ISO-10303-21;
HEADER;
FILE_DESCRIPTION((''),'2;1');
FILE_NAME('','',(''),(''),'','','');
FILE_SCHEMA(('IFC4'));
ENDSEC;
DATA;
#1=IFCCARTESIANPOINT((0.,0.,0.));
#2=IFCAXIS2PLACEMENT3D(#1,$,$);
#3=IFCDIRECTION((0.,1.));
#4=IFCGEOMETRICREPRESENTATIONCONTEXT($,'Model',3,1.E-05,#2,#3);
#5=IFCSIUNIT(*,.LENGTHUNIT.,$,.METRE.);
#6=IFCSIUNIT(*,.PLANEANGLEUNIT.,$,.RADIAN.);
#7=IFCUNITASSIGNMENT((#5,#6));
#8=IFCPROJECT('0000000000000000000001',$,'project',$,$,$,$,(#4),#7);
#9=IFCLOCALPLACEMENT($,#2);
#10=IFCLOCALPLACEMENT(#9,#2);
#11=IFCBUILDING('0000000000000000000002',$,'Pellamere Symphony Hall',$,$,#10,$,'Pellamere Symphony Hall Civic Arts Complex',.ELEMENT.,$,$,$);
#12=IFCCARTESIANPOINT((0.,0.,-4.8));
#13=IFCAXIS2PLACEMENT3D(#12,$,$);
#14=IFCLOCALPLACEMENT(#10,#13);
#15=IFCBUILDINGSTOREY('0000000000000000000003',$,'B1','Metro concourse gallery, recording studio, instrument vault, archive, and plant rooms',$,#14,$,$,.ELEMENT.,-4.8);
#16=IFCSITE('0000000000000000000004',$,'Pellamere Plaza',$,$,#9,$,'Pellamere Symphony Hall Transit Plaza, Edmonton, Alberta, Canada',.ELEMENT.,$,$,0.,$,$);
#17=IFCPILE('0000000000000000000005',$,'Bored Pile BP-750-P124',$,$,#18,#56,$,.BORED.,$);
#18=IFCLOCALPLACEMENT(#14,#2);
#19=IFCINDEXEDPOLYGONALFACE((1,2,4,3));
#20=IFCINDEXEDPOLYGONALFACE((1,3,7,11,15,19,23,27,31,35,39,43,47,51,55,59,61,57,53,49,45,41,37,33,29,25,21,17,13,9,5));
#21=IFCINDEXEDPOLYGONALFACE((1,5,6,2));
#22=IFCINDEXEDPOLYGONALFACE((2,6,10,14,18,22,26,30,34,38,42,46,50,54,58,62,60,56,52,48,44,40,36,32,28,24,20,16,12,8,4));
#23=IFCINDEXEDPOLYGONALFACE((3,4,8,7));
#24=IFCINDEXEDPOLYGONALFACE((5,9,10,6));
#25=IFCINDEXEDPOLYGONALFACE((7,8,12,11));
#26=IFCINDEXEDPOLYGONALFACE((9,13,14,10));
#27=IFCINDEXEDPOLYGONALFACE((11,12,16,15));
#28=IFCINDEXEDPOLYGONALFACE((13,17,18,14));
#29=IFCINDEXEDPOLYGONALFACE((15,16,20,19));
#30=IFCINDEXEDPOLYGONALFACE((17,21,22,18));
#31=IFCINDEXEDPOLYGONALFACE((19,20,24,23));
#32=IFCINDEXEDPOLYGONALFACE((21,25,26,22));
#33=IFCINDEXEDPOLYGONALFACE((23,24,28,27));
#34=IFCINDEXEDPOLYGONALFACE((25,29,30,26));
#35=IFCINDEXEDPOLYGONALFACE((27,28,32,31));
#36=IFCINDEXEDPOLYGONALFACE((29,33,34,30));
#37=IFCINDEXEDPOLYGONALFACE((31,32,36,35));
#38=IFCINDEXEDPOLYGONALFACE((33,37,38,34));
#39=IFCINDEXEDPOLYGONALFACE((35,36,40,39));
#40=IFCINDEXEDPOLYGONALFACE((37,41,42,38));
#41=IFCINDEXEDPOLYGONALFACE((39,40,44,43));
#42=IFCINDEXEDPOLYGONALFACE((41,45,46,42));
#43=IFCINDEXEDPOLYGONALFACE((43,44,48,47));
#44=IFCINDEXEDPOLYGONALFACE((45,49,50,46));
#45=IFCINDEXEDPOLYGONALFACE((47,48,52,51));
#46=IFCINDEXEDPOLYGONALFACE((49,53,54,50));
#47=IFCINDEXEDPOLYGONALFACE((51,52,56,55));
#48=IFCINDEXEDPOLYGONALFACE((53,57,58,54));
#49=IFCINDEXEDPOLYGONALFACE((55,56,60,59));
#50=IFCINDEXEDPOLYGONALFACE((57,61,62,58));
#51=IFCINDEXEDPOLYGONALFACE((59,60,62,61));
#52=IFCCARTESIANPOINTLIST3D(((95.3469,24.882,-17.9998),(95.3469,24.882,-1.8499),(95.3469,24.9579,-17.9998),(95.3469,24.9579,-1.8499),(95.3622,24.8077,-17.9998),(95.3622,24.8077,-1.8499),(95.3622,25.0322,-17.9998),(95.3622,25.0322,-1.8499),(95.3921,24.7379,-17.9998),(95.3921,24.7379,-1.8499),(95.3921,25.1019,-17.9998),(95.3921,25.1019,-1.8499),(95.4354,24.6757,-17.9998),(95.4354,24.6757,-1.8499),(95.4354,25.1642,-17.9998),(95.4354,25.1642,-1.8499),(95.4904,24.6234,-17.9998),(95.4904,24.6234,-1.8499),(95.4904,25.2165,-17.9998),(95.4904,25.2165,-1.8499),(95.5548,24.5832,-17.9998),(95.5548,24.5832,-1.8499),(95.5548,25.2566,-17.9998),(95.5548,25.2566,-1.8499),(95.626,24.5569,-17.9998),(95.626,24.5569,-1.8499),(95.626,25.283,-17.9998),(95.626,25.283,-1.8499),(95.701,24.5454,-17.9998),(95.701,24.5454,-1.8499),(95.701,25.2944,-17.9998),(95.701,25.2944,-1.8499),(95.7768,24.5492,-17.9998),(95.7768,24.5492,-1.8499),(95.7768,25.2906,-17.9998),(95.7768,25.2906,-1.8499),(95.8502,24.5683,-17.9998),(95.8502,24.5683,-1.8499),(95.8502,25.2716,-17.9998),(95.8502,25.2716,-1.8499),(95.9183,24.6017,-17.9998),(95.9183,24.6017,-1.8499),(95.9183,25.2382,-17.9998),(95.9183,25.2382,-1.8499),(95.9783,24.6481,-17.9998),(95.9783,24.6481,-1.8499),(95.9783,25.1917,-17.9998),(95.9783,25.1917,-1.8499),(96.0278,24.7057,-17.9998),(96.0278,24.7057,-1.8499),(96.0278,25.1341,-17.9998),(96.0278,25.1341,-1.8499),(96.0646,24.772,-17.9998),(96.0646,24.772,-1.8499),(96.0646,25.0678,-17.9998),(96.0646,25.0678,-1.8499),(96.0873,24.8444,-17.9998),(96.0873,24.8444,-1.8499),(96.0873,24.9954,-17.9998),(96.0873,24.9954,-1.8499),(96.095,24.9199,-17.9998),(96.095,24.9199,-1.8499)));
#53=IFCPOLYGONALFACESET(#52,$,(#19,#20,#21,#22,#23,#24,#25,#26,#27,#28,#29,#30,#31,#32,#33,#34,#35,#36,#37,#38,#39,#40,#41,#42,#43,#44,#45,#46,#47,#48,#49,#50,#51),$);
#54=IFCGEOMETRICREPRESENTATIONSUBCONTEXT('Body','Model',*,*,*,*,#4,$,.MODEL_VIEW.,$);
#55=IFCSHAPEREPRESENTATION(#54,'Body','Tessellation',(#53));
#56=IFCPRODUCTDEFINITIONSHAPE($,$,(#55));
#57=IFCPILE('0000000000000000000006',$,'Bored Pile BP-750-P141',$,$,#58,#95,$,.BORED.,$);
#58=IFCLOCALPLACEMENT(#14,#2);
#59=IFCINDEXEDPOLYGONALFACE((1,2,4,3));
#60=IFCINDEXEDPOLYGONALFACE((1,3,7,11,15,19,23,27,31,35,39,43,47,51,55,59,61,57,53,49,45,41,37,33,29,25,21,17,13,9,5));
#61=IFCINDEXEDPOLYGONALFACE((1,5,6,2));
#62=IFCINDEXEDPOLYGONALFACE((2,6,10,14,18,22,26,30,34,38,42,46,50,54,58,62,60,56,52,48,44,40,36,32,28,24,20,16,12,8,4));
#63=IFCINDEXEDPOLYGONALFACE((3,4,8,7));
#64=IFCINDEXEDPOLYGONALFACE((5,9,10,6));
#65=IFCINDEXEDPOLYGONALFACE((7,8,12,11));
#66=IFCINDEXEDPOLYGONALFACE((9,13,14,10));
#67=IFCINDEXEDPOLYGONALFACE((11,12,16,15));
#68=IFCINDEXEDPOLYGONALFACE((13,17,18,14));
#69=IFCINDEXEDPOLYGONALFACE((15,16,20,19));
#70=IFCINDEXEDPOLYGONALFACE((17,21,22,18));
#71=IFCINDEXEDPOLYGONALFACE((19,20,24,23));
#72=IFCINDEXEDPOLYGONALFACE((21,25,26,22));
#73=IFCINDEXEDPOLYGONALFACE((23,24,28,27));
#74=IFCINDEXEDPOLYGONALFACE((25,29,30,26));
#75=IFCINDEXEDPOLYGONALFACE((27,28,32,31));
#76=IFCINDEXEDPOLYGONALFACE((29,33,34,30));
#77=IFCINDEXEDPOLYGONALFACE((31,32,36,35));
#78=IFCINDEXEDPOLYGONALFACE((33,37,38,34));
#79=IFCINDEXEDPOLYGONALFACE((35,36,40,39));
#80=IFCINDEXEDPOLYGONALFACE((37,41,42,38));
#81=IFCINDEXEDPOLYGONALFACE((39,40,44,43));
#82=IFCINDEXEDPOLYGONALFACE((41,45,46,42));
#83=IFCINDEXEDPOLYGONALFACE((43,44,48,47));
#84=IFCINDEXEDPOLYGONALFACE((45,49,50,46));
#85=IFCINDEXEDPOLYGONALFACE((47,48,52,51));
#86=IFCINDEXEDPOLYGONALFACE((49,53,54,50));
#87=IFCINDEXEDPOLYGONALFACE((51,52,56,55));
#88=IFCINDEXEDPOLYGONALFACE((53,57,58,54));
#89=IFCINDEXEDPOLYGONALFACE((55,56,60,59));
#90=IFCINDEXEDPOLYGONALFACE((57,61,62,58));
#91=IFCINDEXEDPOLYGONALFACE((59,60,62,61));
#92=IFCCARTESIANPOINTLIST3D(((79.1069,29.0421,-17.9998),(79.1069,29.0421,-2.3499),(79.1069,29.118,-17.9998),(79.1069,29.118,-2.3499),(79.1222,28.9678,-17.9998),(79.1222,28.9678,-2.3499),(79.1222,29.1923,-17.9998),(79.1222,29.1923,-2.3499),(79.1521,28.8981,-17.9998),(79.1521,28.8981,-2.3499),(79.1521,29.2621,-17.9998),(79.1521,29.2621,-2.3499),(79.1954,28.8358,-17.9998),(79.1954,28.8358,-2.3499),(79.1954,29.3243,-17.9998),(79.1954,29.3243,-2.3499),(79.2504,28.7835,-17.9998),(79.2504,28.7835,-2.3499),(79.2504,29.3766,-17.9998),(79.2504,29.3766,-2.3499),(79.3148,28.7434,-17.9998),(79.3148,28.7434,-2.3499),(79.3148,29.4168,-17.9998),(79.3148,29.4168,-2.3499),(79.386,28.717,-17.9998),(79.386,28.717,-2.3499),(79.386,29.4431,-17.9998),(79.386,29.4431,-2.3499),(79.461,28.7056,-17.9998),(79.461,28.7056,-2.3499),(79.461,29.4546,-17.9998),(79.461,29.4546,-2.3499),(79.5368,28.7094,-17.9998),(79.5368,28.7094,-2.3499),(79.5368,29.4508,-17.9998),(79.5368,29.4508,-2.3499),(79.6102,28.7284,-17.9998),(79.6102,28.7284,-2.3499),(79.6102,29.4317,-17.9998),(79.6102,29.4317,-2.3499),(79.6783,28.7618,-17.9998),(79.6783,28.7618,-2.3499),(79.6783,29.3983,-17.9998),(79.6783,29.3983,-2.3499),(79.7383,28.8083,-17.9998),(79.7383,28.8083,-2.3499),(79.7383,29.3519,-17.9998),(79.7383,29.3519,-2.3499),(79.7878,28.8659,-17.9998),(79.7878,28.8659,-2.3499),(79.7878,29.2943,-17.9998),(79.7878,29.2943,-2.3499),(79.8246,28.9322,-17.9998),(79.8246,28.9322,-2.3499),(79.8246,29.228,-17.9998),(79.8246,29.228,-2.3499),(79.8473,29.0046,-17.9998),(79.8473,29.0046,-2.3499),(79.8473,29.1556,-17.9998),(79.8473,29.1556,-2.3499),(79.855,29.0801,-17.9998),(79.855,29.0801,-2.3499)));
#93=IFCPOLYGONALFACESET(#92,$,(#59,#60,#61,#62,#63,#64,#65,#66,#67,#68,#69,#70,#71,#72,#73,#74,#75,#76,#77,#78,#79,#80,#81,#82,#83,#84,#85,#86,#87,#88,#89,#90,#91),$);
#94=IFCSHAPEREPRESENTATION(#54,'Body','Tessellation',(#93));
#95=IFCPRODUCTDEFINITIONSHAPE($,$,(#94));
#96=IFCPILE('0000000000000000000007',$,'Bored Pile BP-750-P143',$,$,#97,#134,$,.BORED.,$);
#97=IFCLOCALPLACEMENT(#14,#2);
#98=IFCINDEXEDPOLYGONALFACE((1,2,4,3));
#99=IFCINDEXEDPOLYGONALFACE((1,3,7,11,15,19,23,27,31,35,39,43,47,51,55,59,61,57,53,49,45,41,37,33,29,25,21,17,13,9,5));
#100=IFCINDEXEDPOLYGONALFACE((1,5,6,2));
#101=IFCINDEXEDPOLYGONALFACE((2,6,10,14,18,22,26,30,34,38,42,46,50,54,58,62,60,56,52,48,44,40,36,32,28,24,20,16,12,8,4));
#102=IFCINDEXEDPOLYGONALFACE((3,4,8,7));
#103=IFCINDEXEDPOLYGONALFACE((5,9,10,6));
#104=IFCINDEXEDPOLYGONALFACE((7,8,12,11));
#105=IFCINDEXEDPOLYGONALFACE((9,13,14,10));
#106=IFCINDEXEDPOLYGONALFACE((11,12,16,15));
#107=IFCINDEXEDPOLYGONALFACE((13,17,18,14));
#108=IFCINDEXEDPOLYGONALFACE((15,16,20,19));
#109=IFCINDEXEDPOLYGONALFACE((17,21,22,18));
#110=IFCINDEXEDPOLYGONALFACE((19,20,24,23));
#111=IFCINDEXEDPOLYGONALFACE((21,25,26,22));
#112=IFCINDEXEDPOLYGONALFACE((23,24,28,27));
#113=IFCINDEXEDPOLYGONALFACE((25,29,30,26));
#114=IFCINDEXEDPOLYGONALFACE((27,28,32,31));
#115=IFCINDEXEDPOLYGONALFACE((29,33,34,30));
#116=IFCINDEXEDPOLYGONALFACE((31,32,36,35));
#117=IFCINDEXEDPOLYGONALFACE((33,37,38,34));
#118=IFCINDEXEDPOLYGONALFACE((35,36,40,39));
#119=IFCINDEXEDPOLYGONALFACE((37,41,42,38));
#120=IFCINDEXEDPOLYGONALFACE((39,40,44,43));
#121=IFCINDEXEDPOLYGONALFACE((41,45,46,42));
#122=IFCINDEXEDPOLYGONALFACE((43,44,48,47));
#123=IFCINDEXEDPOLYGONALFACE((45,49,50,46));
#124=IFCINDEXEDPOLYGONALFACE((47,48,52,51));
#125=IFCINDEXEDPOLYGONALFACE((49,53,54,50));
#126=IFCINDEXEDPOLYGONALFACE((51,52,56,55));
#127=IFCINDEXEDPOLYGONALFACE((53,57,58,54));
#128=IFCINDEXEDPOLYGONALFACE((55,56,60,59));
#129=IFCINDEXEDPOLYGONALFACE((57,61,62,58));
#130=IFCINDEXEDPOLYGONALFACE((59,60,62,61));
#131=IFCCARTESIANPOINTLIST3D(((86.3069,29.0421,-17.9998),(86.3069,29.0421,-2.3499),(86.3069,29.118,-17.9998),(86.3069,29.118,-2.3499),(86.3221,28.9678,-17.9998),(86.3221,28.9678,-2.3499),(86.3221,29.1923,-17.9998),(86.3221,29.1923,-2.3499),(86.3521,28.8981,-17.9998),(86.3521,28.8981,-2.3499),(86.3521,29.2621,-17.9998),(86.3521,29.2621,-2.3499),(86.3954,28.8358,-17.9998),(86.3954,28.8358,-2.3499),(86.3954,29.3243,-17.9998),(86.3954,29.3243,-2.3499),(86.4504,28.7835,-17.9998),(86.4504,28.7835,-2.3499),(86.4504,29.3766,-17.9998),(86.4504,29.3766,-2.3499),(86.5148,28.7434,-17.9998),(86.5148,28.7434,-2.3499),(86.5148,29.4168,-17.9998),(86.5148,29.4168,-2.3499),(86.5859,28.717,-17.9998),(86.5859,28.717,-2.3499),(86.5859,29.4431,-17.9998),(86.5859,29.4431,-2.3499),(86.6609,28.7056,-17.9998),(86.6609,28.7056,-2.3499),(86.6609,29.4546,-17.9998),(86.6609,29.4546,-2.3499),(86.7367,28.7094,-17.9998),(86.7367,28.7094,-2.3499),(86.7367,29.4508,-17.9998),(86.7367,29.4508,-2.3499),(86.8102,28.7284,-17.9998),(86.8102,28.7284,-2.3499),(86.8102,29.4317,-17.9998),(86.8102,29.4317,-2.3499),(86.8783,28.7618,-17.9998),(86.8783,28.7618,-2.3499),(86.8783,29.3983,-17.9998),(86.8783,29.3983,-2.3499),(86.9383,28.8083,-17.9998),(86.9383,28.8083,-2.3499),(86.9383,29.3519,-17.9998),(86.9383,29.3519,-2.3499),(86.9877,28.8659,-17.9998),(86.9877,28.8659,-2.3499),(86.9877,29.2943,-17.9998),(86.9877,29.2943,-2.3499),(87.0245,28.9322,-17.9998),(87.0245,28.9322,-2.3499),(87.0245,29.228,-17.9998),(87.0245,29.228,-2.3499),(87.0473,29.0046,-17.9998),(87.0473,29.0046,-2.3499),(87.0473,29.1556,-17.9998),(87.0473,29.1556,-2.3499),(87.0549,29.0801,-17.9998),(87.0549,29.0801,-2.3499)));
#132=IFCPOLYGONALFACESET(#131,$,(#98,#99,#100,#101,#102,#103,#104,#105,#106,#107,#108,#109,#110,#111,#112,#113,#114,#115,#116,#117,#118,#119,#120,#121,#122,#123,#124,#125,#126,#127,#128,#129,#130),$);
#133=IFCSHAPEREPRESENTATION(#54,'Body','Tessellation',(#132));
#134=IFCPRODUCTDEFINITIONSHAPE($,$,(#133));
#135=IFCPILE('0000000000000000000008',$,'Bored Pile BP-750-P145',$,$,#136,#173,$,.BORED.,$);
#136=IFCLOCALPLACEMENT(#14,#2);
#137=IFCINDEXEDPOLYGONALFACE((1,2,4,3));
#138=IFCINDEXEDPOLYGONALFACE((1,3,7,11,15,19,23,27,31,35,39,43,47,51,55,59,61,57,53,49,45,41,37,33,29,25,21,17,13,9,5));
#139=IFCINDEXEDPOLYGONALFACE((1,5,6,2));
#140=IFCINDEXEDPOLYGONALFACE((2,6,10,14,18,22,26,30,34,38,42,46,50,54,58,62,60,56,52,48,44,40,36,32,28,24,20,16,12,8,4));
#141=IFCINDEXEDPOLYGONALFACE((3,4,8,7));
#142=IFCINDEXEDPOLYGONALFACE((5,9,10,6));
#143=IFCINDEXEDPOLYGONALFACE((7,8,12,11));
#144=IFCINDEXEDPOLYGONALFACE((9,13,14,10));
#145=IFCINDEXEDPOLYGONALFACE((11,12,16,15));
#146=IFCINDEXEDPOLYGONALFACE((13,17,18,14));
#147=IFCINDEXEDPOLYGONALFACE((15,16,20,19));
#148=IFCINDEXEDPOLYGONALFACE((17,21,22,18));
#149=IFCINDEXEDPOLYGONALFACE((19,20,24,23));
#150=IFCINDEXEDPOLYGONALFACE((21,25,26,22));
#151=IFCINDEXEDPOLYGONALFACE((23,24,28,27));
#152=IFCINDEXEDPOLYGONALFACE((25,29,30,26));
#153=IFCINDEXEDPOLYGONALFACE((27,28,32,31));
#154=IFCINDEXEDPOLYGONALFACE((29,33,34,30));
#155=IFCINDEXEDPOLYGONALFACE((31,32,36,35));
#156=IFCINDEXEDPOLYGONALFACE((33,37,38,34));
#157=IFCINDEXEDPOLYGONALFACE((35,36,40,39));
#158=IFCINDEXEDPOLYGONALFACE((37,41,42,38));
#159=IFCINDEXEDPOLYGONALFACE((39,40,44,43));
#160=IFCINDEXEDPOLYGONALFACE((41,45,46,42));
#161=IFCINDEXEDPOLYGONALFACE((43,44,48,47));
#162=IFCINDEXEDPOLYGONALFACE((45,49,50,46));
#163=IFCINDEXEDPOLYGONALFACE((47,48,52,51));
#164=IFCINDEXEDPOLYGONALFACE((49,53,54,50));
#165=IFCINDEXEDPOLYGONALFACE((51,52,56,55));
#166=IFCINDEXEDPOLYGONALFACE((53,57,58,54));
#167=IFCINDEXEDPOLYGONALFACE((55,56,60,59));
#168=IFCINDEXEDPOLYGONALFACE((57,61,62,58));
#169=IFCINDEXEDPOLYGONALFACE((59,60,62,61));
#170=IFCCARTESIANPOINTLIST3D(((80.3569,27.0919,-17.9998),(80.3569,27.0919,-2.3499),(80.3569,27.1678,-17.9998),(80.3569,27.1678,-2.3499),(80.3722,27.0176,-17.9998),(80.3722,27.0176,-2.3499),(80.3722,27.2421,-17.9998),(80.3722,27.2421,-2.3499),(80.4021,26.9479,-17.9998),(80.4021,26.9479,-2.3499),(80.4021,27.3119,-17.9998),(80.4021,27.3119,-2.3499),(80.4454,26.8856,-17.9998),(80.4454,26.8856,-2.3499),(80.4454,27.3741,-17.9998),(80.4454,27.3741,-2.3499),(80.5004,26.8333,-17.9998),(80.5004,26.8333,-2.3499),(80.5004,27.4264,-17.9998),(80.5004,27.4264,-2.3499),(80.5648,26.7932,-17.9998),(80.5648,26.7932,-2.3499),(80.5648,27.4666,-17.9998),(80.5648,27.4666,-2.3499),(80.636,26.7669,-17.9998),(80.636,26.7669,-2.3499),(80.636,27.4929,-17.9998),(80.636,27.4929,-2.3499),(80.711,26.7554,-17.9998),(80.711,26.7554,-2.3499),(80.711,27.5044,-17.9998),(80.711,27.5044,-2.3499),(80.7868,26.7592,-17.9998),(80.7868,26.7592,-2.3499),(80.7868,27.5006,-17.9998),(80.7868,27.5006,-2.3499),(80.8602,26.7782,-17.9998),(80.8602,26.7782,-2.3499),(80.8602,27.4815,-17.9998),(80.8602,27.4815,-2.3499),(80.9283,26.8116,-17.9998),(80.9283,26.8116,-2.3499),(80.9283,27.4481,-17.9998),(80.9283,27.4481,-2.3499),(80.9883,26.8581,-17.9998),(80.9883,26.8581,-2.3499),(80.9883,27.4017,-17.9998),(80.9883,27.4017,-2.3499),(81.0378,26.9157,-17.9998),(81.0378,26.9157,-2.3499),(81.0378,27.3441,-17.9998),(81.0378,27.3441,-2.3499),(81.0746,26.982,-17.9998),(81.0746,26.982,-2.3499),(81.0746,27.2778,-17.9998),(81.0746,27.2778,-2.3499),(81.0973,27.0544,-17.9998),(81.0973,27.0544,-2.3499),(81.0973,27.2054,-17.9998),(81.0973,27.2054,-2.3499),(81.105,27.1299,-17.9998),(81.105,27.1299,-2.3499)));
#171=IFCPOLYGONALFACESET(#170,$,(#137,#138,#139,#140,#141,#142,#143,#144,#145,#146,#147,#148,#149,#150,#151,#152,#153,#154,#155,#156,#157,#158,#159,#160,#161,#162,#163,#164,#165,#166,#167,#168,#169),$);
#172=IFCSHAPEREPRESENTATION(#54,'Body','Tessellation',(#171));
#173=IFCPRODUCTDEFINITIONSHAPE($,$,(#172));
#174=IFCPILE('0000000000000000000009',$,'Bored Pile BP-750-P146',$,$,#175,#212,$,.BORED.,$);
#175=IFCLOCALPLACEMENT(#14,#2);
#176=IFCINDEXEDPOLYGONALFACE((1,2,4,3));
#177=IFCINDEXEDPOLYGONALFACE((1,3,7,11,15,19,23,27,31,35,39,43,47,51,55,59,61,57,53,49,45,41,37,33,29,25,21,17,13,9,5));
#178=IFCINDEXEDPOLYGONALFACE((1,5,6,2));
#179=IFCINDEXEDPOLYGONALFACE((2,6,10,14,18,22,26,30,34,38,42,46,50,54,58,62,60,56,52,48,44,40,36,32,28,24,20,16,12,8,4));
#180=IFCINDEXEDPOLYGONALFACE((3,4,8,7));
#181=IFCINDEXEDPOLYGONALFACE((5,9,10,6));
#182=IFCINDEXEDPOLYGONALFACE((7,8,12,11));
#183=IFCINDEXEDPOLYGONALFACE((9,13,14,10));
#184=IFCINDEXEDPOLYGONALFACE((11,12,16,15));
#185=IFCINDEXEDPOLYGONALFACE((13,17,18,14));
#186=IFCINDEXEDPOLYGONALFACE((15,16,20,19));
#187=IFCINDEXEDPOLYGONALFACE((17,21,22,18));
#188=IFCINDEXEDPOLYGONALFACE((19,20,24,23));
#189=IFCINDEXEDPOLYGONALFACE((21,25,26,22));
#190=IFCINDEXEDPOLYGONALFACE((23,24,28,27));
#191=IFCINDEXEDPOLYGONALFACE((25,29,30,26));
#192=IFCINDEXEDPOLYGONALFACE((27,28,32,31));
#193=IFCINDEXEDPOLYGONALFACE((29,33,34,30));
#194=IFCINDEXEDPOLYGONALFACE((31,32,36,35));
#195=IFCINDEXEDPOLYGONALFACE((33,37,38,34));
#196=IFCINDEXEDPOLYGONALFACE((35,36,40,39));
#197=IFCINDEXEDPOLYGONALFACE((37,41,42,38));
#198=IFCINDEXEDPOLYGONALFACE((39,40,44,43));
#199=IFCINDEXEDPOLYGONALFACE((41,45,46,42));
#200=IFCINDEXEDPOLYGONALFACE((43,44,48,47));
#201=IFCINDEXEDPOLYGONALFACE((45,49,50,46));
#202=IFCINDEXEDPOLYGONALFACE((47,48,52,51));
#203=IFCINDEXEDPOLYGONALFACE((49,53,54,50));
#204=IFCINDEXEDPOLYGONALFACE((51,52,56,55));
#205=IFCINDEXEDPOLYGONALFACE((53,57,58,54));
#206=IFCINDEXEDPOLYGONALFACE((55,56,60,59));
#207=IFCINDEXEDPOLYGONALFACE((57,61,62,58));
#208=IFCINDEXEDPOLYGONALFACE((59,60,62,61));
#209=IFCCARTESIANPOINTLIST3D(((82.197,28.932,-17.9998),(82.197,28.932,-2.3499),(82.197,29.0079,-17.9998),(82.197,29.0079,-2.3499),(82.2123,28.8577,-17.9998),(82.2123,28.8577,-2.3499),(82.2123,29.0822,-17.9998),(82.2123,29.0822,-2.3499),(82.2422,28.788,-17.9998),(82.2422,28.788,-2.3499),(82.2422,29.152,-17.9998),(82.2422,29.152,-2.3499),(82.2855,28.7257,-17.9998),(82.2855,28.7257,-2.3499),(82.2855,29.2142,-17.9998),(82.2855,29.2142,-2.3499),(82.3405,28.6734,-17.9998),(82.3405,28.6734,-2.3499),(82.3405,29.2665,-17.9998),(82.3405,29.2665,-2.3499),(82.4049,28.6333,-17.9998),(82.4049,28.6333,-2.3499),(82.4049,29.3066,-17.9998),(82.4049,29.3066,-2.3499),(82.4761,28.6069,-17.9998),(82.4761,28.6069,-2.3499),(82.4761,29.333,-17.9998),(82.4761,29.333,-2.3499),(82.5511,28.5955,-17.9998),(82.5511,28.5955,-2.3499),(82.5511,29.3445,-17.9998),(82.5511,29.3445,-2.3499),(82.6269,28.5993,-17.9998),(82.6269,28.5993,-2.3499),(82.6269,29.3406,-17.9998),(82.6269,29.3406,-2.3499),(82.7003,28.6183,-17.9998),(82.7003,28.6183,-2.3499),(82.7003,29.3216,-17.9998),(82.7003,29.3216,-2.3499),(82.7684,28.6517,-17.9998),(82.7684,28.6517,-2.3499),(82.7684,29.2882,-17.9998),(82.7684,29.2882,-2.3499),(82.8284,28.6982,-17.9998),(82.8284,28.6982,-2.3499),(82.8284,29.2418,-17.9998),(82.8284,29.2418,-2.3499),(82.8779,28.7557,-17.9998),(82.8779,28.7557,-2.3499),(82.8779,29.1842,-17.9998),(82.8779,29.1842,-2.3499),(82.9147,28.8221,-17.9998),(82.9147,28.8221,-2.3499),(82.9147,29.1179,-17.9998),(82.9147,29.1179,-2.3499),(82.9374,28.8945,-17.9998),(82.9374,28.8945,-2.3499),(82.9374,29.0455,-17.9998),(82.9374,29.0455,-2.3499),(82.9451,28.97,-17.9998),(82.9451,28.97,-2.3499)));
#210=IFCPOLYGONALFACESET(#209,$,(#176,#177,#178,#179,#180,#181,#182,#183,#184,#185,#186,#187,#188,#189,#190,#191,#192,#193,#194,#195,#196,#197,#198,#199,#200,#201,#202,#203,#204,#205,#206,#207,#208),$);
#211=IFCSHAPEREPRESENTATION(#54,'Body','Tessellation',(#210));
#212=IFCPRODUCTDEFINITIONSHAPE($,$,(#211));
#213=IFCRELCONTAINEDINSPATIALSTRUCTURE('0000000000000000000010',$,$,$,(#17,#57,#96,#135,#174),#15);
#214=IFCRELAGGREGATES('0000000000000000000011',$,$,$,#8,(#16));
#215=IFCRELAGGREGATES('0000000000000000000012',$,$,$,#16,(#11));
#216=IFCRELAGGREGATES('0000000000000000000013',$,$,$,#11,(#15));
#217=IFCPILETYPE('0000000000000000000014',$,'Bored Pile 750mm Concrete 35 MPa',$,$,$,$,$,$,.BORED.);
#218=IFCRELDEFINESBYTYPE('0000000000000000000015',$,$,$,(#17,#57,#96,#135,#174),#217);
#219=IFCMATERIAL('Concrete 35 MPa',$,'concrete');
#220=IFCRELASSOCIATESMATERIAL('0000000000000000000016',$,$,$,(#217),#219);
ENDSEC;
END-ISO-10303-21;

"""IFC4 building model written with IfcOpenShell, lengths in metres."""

from ifc_helpers import new_model, si_unit, direction, frame, origin, origin_2d, place, context, subcontext, project, spatial, circle, extrude, material, material_profile, profile_set, type_object, element, save


model = new_model("IFC4")

# Units and contexts
model_context = context("Model", 3, precision=1e-05, world=origin(), true_north=direction((0.0, 1.0)))
body_context = subcontext(model_context, "Body", "Model", "MODEL_VIEW")
ifc_project = project(units=[si_unit("LENGTHUNIT", "METRE"), si_unit("PLANEANGLEUNIT", "RADIAN")], contexts=[model_context])

# Site, building, storey
site_placement = place(None, origin())
site = spatial("IfcSite", under=ifc_project, at=site_placement, Name="Pellamere Plaza", LongName="Pellamere Symphony Hall Transit Plaza, Edmonton, Alberta, Canada", CompositionType="ELEMENT", RefElevation=0.0)
building_placement = place(site_placement, origin())
building = spatial("IfcBuilding", under=site, at=building_placement, Name="Pellamere Symphony Hall", LongName="Pellamere Symphony Hall Civic Arts Complex", CompositionType="ELEMENT")
storey_placement = place(building_placement, frame((0.0, 0.0, -4.8)))
storey = spatial("IfcBuildingStorey", under=building, at=storey_placement, Name="B1", Description="Metro concourse gallery, recording studio, instrument vault, archive, and plant rooms", CompositionType="ELEMENT", Elevation=-4.8)

# Piles
ifc_material_1 = material(Name="Concrete 35 MPa", Category="concrete")
ifc_material_profile_1 = material_profile(ifc_material_1, circle(Radius=0.375, at=origin_2d()), Name="PILE D750")
ifc_profile_set_1 = profile_set([ifc_material_profile_1], Name="Concrete 35 MPa")
pile_type = type_object("IfcPileType", Name="Bored Pile 750mm Concrete 35 MPa", PredefinedType="BORED", material=ifc_profile_set_1)
for number, where, z_axis, x_axis, name in (
    (1, (95.72, 24.9199, -1.8499), (0.0, 0.0, -1.0), (1.0, 0.0, 0.0), "Bored Pile BP-750-P124"),
):
    element("IfcPile", number, at=place(storey_placement, frame(where, z_axis=z_axis, x_axis=x_axis)), inside=storey, type_object=pile_type, Name=name, PredefinedType="BORED", context=body_context, shape_type="SweptSolid", body=[
        extrude(circle(Radius=0.375, at=origin_2d()), origin(), (0.0, 0.0, 1.0), 16.1499),
    ])
for number, where, z_axis, x_axis, name in (
    (2, (79.48, 29.0801, -2.3499), (0.0, 0.0, -1.0), (1.0, 0.0, 0.0), "Bored Pile BP-750-P141"),
    (3, (86.6799, 29.0801, -2.3499), (0.0, 0.0, -1.0), (1.0, 0.0, 0.0), "Bored Pile BP-750-P143"),
    (4, (80.73, 27.1299, -2.3499), (0.0, 0.0, -1.0), (1.0, 0.0, 0.0), "Bored Pile BP-750-P145"),
    (5, (82.5701, 28.97, -2.3499), (0.0, 0.0, -1.0), (1.0, 0.0, 0.0), "Bored Pile BP-750-P146"),
):
    element("IfcPile", number, at=place(storey_placement, frame(where, z_axis=z_axis, x_axis=x_axis)), inside=storey, type_object=pile_type, Name=name, PredefinedType="BORED", context=body_context, shape_type="SweptSolid", body=[
        extrude(circle(Radius=0.375, at=origin_2d()), origin(), (0.0, 0.0, 1.0), 15.6499),
    ])

save(model, "model.ifc")
